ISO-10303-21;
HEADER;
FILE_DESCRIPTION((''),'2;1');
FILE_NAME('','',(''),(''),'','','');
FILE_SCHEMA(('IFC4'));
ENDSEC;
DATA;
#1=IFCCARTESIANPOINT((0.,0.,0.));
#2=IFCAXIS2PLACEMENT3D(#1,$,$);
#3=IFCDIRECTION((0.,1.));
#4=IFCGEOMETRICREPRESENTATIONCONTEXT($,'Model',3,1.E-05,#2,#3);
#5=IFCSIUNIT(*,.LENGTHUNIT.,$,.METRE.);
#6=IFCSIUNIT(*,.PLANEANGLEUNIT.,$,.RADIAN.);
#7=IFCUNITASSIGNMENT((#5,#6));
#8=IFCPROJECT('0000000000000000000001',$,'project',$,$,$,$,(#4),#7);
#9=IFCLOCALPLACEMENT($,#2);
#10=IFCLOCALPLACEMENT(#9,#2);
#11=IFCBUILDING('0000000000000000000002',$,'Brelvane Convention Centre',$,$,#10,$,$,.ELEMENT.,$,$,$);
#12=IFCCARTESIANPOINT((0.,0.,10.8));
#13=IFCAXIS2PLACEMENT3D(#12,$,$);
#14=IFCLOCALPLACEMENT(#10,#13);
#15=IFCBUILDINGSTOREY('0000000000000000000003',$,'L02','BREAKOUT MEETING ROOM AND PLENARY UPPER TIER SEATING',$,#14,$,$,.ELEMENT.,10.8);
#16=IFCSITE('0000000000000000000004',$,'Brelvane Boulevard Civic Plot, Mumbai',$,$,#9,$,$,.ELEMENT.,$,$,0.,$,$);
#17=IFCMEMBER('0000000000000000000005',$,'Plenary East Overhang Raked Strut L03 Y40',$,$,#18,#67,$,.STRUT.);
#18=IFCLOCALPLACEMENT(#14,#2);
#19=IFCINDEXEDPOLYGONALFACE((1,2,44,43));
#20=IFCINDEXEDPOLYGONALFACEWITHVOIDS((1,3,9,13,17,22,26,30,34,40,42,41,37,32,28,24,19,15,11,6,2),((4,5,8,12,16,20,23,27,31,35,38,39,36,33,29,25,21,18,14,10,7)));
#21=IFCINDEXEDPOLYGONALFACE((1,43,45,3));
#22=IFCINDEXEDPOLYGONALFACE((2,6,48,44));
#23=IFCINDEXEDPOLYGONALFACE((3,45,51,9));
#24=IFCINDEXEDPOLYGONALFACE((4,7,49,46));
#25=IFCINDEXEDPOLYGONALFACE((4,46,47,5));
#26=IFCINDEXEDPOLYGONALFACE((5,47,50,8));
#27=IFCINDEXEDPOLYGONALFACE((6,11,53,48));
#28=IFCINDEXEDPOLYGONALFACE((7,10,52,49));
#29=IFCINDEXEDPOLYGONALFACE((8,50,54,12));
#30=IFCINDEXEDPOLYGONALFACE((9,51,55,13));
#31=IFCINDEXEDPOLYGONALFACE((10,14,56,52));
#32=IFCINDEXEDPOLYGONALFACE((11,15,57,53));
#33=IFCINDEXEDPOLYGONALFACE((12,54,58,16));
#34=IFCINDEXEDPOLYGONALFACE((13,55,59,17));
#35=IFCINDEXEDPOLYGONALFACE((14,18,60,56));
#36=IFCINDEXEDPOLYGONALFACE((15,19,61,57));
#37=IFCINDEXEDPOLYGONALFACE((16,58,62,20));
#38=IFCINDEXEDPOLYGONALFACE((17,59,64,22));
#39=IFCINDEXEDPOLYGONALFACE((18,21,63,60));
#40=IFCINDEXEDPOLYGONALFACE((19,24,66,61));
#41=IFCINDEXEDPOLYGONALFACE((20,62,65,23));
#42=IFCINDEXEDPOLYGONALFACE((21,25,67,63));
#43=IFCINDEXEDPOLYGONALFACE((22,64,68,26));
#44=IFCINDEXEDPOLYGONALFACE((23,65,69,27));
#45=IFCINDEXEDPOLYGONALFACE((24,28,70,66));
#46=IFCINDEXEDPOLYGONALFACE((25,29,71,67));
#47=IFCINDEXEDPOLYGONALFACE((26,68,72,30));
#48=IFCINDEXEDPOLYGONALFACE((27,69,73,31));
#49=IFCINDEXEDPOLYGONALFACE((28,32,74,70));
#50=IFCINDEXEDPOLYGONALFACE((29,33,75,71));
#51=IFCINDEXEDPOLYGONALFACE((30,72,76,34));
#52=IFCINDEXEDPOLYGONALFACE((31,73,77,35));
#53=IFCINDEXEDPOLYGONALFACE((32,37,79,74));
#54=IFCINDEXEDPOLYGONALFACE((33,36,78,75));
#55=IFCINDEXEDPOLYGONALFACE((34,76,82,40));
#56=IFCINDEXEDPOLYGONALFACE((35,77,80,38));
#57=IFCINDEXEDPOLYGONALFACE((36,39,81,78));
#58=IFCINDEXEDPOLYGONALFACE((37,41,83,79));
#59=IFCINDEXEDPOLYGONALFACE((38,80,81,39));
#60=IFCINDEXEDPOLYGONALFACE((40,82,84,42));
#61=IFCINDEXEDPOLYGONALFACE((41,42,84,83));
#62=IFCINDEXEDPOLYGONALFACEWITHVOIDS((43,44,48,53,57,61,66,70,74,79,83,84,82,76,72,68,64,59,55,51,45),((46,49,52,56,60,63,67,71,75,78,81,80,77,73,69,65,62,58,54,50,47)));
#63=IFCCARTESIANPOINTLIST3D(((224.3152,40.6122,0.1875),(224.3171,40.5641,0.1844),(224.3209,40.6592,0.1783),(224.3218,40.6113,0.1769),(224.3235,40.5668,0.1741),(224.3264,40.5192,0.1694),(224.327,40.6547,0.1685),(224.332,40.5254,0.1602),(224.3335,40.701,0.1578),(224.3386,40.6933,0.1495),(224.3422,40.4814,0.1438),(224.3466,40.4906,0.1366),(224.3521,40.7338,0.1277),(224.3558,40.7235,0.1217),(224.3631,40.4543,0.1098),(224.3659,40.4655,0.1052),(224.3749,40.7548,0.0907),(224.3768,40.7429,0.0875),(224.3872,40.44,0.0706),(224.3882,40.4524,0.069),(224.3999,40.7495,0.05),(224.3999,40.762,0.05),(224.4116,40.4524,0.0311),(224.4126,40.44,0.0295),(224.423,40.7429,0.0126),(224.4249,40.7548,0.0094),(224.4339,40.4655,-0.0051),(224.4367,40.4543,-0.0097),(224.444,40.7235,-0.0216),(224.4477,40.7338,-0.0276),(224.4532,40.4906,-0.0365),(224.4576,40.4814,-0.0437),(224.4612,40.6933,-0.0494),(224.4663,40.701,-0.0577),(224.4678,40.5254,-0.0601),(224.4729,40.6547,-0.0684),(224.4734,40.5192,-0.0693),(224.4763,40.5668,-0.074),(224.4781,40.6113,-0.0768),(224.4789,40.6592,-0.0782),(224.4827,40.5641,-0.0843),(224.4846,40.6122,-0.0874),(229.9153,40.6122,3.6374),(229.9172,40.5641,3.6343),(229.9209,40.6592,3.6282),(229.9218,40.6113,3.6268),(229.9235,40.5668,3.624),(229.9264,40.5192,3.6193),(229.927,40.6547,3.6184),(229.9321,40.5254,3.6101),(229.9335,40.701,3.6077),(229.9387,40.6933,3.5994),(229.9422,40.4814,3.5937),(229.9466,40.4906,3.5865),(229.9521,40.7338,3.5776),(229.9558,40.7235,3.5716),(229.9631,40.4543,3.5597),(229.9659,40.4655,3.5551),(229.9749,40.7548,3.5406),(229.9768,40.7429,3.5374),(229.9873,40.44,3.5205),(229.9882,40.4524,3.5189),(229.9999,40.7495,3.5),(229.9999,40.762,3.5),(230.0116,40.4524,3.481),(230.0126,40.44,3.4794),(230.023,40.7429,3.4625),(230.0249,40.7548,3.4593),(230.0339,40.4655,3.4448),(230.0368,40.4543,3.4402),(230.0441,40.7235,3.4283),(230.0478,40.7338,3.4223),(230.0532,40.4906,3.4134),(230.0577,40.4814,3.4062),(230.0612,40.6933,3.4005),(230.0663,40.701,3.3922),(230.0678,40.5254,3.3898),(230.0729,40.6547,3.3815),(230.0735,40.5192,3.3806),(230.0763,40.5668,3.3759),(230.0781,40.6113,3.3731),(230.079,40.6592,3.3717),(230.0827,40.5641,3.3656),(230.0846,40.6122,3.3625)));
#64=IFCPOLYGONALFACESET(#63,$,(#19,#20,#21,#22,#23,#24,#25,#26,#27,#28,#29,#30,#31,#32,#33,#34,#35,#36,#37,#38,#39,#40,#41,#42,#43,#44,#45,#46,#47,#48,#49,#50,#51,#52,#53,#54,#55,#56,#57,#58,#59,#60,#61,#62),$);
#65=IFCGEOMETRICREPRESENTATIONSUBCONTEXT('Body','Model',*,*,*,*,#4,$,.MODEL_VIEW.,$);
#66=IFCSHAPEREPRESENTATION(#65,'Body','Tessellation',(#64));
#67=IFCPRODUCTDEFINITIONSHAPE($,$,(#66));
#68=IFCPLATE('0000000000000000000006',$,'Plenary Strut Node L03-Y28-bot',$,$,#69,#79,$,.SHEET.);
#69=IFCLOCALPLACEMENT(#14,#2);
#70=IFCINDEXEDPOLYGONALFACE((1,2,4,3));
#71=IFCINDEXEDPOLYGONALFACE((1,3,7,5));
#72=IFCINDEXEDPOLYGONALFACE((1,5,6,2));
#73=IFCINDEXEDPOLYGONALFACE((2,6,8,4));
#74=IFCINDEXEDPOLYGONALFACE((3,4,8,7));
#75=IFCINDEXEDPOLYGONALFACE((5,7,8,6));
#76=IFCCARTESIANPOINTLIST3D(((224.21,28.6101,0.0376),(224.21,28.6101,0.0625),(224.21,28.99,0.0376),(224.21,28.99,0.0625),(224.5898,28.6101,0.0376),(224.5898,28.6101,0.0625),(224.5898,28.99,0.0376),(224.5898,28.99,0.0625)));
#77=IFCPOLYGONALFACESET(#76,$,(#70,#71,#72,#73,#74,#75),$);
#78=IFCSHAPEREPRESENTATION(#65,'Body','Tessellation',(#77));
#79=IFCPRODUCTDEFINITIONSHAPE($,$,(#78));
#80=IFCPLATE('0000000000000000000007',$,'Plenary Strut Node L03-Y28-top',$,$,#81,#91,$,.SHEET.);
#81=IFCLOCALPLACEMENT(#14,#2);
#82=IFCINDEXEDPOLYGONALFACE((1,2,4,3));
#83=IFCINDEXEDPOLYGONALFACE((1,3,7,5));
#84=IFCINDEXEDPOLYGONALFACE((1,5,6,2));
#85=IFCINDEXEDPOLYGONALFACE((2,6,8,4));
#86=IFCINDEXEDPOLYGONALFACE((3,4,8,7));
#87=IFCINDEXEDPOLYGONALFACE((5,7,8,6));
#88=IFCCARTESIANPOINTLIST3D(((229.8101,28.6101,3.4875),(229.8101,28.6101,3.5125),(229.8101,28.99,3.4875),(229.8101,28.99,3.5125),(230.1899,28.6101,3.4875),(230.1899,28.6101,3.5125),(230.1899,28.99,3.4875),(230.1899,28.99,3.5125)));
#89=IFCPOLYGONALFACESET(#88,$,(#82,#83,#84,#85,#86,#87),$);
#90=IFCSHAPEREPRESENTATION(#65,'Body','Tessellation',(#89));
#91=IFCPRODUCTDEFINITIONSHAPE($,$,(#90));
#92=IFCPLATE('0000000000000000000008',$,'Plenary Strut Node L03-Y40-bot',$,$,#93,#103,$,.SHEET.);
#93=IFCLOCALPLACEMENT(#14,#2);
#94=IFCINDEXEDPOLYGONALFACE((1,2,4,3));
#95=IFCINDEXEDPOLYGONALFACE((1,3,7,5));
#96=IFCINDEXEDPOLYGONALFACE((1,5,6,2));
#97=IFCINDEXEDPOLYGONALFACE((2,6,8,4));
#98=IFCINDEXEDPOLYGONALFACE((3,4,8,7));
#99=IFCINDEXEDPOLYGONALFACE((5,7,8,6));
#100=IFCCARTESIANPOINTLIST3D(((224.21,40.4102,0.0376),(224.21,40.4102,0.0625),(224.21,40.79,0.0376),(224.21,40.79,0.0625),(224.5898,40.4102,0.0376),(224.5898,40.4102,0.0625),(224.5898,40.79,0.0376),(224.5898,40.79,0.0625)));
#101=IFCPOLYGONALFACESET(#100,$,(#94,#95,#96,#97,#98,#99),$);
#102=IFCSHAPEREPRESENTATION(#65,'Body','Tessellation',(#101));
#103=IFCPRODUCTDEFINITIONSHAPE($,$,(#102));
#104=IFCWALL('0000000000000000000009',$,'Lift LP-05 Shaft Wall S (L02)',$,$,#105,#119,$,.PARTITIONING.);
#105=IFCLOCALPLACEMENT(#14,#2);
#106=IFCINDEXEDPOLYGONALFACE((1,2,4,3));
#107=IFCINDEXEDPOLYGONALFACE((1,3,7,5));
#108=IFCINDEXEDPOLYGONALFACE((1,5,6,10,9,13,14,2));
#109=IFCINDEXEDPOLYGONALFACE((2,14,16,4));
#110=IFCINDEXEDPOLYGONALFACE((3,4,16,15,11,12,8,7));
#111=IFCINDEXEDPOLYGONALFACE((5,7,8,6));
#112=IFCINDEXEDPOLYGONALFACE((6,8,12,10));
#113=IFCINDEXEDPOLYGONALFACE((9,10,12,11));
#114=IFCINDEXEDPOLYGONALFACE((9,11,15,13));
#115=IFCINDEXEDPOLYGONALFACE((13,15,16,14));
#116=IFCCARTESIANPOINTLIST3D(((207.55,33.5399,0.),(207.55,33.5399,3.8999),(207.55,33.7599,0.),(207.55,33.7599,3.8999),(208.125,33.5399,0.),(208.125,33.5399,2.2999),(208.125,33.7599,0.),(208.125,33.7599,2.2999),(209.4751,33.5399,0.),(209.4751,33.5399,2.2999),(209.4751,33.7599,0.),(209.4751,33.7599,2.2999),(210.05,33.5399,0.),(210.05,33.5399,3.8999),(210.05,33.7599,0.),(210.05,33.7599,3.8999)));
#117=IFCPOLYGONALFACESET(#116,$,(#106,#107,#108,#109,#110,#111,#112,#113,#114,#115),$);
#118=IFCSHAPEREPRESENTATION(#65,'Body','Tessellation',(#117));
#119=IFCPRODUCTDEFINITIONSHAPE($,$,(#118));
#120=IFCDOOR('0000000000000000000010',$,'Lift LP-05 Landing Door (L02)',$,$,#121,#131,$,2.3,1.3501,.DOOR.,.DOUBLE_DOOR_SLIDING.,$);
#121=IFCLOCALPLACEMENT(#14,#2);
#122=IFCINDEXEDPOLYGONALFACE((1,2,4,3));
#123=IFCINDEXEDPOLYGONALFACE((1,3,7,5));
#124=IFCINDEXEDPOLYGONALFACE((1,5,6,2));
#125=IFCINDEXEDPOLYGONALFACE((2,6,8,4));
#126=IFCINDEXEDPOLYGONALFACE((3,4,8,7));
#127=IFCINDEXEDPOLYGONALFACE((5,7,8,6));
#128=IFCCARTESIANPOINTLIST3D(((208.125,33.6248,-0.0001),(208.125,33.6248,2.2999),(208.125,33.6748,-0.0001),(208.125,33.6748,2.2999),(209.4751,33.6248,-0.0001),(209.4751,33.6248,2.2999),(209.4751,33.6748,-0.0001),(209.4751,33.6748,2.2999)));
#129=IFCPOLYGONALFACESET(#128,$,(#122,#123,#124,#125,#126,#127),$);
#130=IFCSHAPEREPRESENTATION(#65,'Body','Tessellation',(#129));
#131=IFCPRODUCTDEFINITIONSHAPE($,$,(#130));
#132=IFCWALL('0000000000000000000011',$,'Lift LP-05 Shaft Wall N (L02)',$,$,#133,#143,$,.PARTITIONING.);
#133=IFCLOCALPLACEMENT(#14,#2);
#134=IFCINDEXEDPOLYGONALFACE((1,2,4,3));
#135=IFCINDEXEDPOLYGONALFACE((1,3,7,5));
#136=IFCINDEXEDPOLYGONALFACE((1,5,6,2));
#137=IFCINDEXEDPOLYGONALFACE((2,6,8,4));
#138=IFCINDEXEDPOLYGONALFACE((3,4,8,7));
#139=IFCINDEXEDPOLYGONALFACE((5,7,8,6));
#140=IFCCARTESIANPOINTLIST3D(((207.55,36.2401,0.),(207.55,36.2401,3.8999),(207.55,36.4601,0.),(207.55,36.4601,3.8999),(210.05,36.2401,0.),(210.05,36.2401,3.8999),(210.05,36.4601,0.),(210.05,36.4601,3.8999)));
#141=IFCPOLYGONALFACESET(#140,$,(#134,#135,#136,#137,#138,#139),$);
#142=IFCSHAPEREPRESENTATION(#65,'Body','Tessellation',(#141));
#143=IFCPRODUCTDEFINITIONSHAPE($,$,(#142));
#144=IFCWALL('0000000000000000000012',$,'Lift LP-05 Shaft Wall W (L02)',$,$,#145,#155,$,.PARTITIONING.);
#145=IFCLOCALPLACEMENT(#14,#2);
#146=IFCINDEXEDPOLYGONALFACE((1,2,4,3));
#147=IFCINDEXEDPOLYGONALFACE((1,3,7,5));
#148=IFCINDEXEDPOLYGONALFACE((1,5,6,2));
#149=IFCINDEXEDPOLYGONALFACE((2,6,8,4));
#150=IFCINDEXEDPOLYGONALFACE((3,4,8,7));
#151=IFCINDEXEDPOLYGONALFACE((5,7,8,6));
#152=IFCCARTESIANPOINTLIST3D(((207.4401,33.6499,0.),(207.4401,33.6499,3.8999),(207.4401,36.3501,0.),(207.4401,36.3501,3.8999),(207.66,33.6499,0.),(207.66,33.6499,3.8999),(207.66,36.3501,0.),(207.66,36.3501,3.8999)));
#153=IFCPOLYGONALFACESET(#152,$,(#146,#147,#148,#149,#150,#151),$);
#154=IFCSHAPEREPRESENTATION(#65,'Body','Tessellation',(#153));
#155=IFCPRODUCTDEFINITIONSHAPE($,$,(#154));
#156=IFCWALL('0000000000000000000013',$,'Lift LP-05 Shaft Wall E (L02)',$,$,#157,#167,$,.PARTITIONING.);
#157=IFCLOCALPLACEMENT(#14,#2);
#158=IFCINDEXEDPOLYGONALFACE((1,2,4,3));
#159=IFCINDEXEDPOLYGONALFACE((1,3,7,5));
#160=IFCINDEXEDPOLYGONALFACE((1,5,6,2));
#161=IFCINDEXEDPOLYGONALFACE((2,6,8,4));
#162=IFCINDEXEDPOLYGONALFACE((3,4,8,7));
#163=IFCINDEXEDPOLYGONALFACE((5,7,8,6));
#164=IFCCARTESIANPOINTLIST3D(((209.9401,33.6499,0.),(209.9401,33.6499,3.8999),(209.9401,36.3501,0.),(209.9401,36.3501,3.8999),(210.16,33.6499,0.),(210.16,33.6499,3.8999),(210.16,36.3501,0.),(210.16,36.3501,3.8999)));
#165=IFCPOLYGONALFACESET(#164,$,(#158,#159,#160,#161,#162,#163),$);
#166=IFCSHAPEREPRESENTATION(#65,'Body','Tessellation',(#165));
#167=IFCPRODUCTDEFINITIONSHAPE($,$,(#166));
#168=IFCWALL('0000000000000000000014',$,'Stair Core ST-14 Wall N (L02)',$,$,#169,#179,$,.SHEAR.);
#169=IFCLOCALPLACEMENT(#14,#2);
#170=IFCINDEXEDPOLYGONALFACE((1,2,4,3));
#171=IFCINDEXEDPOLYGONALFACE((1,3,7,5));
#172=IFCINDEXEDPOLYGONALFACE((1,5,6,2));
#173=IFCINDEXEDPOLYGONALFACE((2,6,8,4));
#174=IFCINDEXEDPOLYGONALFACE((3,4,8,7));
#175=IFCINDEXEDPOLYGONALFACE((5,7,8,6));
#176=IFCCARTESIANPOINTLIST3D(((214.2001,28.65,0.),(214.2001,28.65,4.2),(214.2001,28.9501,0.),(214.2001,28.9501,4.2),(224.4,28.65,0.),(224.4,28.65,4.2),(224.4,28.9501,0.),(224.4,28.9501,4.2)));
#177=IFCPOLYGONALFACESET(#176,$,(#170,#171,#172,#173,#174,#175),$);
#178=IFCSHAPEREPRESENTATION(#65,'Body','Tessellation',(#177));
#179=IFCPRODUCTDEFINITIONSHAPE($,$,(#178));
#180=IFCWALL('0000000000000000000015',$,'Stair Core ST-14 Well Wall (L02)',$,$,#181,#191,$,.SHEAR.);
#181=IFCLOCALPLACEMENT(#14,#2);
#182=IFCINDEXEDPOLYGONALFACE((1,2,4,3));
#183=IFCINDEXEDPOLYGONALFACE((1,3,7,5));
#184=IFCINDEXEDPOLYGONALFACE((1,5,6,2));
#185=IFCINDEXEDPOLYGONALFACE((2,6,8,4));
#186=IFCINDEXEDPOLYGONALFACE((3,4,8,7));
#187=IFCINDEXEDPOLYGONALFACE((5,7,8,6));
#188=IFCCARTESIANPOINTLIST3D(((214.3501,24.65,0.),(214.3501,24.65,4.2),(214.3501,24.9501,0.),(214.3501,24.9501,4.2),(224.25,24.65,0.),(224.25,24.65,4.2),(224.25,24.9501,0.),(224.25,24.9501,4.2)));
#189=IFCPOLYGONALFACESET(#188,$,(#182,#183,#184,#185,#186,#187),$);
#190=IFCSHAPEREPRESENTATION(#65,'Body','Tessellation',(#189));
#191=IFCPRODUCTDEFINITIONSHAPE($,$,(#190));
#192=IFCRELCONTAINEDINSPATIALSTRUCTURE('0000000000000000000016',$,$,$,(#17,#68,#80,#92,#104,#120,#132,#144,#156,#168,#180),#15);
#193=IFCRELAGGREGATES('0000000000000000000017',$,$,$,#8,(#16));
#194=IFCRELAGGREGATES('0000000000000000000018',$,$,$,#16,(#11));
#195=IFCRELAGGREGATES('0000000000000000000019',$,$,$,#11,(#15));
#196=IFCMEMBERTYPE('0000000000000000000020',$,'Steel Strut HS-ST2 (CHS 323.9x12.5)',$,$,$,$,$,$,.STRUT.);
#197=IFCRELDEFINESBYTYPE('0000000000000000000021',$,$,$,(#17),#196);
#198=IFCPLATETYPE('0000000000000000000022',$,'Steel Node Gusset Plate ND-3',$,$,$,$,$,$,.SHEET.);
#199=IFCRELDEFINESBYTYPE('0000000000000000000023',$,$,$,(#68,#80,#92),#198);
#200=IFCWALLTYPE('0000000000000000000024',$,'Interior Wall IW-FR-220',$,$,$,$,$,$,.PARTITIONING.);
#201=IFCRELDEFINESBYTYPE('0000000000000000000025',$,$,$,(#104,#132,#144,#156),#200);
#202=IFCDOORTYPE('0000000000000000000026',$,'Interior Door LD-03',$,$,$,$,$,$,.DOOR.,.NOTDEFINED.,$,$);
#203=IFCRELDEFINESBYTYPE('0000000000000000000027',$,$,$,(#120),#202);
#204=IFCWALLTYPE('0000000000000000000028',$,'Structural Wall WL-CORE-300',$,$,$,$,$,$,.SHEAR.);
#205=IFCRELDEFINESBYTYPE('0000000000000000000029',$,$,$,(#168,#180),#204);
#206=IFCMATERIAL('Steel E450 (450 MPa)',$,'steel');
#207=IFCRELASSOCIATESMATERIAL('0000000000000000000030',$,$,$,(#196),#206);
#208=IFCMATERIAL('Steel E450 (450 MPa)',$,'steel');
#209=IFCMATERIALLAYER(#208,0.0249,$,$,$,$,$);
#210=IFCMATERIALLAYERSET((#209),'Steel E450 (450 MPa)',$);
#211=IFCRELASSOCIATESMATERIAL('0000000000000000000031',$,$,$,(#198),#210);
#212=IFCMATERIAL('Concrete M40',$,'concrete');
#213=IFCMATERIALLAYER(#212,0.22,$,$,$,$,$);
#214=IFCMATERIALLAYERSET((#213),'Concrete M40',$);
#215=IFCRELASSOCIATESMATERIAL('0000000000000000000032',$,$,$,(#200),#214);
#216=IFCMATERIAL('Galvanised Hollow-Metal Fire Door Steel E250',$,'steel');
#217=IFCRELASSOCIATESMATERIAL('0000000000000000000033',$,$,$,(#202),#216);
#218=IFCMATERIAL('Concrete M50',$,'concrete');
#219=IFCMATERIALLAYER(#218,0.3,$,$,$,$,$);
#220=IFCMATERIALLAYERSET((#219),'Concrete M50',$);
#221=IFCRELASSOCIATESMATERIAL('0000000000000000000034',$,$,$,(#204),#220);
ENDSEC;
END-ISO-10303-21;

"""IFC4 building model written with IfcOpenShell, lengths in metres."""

from ifc_helpers import new_model, si_unit, direction, frame, frame_2d, origin, origin_2d, place, context, subcontext, project, spatial, rectangle, hollow_circle, extrude, material, layer, layer_set, material_profile, profile_set, type_object, element, fill, save


model = new_model("IFC4")

# Units and contexts
model_context = context("Model", 3, precision=1e-05, world=origin(), true_north=direction((0.0, 1.0)))
body_context = subcontext(model_context, "Body", "Model", "MODEL_VIEW")
ifc_project = project(units=[si_unit("LENGTHUNIT", "METRE"), si_unit("PLANEANGLEUNIT", "RADIAN")], contexts=[model_context])

# Site, building, storey
site_placement = place(None, origin())
site = spatial("IfcSite", under=ifc_project, at=site_placement, Name="Brelvane Boulevard Civic Plot, Mumbai", CompositionType="ELEMENT", RefElevation=0.0)
building_placement = place(site_placement, origin())
building = spatial("IfcBuilding", under=site, at=building_placement, Name="Brelvane Convention Centre", CompositionType="ELEMENT")
storey_placement = place(building_placement, frame((0.0, 0.0, 10.8)))
storey = spatial("IfcBuildingStorey", under=building, at=storey_placement, Name="L02", Description="BREAKOUT MEETING ROOM AND PLENARY UPPER TIER SEATING", CompositionType="ELEMENT", Elevation=10.8)

# Member
ifc_material_1 = material(Name="Steel E450 (450 MPa)", Category="steel")
ifc_material_profile_1 = material_profile(ifc_material_1, hollow_circle(Radius=0.1619, WallThickness=0.0125, at=origin_2d()), Name="CHS 323.9x12.5")
ifc_profile_set_1 = profile_set([ifc_material_profile_1], Name="Steel E450 (450 MPa)")
member_type_1 = type_object("IfcMemberType", Name="Steel Strut HS-ST2 (CHS 323.9x12.5)", PredefinedType="STRUT", material=ifc_profile_set_1)
for number, where, z_axis, x_axis, name in (
    (1, (224.3999, 40.6001, 0.05), (0.851405, 0.0, 0.524509), (0.0, 1.0, 0.0), "Plenary East Overhang Raked Strut L03 Y40"),
):
    element("IfcMember", number, at=place(storey_placement, frame(where, z_axis=z_axis, x_axis=x_axis)), inside=storey, type_object=member_type_1, Name=name, PredefinedType="STRUT", context=body_context, shape_type="SweptSolid", body=[
        extrude(hollow_circle(Radius=0.1619, WallThickness=0.0125, at=origin_2d()), origin(), (0.0, 0.0, 1.0), 6.5774),
    ])

# Plates
ifc_material_2 = material(Name="Steel E450 (450 MPa)", Category="steel")
ifc_layer_1 = layer(ifc_material_2, 0.0249)
ifc_layer_set_1 = layer_set([ifc_layer_1], Name="Steel E450 (450 MPa)")
plate_type = type_object("IfcPlateType", Name="Steel Node Gusset Plate ND-3", PredefinedType="SHEET", material=ifc_layer_set_1)
for number, where, z_axis, x_axis, name in (
    (2, (224.3999, 28.8, 0.0376), (0.0, 0.0, 1.0), (1.0, 0.0, 0.0), "Plenary Strut Node L03-Y28-bot"),
    (3, (230.0, 28.8, 3.4875), (0.0, 0.0, 1.0), (1.0, 0.0, 0.0), "Plenary Strut Node L03-Y28-top"),
    (4, (224.3999, 40.6001, 0.0376), (0.0, 0.0, 1.0), (1.0, 0.0, 0.0), "Plenary Strut Node L03-Y40-bot"),
):
    element("IfcPlate", number, at=place(storey_placement, frame(where, z_axis=z_axis, x_axis=x_axis)), inside=storey, type_object=plate_type, Name=name, PredefinedType="SHEET", context=body_context, shape_type="SweptSolid", body=[
        extrude(rectangle(XDim=0.3799, YDim=0.3799, at=origin_2d()), origin(), (0.0, 0.0, 1.0), 0.0249),
    ])

# Wall, opening, door
ifc_material_3 = material(Name="Concrete M40", Category="concrete")
ifc_layer_2 = layer(ifc_material_3, 0.22)
ifc_layer_set_2 = layer_set([ifc_layer_2], Name="Concrete M40")
wall_type_1 = type_object("IfcWallType", Name="Interior Wall IW-FR-220", PredefinedType="PARTITIONING", material=ifc_layer_set_2)
wall_1_placement = place(storey_placement, frame((207.55, 33.6499, 0.0), z_axis=(0.0, 0.0, 1.0), x_axis=(1.0, 0.0, 0.0)))
wall_1 = element("IfcWall", 5, at=wall_1_placement, inside=storey, type_object=wall_type_1, Name="Lift LP-05 Shaft Wall S (L02)", PredefinedType="PARTITIONING", context=body_context, shape_type="SweptSolid", body=[
    extrude(rectangle(XDim=2.5, YDim=0.22, at=frame_2d((1.25, 0.0))), origin(), (0.0, 0.0, 1.0), 3.8999),
])
opening_1_placement = place(wall_1_placement, frame((0.575, 0.0, 0.0)))
opening_1 = element("IfcOpeningElement", 6, at=opening_1_placement, cuts=wall_1, PredefinedType="OPENING", context=body_context, shape_type="SweptSolid", body=[
    extrude(rectangle(XDim=1.3501, YDim=2.3, at=frame_2d((0.675, 1.1499))), frame((0.0, 0.1199, 0.0), z_axis=(0.0, -1.0, 0.0), x_axis=(1.0, 0.0, 0.0)), (0.0, 0.0, 1.0), 0.24),
])
ifc_material_4 = material(Name="Galvanised Hollow-Metal Fire Door Steel E250", Category="steel")
door_type_1 = type_object("IfcDoorType", Name="Interior Door LD-03", OperationType="NOTDEFINED", PredefinedType="DOOR", material=ifc_material_4)
door_1_placement = place(opening_1_placement, origin())
door_1 = element("IfcDoor", 7, at=door_1_placement, inside=storey, type_object=door_type_1, Name="Lift LP-05 Landing Door (L02)", OperationType="DOUBLE_DOOR_SLIDING", OverallHeight=2.3, OverallWidth=1.3501, PredefinedType="DOOR", context=body_context, shape_type="SweptSolid", body=[
    extrude(rectangle(XDim=1.3501, YDim=2.3, at=frame_2d((0.675, 1.1499))), frame((0.0, 0.0249, 0.0), z_axis=(0.0, -1.0, 0.0), x_axis=(1.0, 0.0, 0.0)), (0.0, 0.0, 1.0), 0.05),
])
fill(opening_1, door_1)

# Walls
wall_2_placement = place(storey_placement, frame((207.55, 36.3501, 0.0), z_axis=(0.0, 0.0, 1.0), x_axis=(1.0, 0.0, 0.0)))
element("IfcWall", 8, at=wall_2_placement, inside=storey, type_object=wall_type_1, Name="Lift LP-05 Shaft Wall N (L02)", PredefinedType="PARTITIONING", context=body_context, shape_type="SweptSolid", body=[
    extrude(rectangle(XDim=2.5, YDim=0.22, at=frame_2d((1.25, 0.0))), origin(), (0.0, 0.0, 1.0), 3.8999),
])
for number, where, z_axis, x_axis, name in (
    (9, (207.55, 33.6499, 0.0), (0.0, 0.0, 1.0), (0.0, 1.0, 0.0), "Lift LP-05 Shaft Wall W (L02)"),
    (10, (210.05, 33.6499, 0.0), (0.0, 0.0, 1.0), (0.0, 1.0, 0.0), "Lift LP-05 Shaft Wall E (L02)"),
):
    element("IfcWall", number, at=place(storey_placement, frame(where, z_axis=z_axis, x_axis=x_axis)), inside=storey, type_object=wall_type_1, Name=name, PredefinedType="PARTITIONING", context=body_context, shape_type="SweptSolid", body=[
        extrude(rectangle(XDim=2.7002, YDim=0.22, at=frame_2d((1.3501, 0.0))), origin(), (0.0, 0.0, 1.0), 3.8999),
    ])
ifc_material_5 = material(Name="Concrete M50", Category="concrete")
ifc_layer_3 = layer(ifc_material_5, 0.3)
ifc_layer_set_3 = layer_set([ifc_layer_3], Name="Concrete M50")
wall_type_2 = type_object("IfcWallType", Name="Structural Wall WL-CORE-300", PredefinedType="SHEAR", material=ifc_layer_set_3)
wall_3_placement = place(storey_placement, frame((214.2, 28.8, 0.0), z_axis=(0.0, 0.0, 1.0), x_axis=(1.0, 0.0, 0.0)))
element("IfcWall", 11, at=wall_3_placement, inside=storey, type_object=wall_type_2, Name="Stair Core ST-14 Wall N (L02)", PredefinedType="SHEAR", context=body_context, shape_type="SweptSolid", body=[
    extrude(rectangle(XDim=10.2, YDim=0.3, at=frame_2d((5.1001, 0.0))), origin(), (0.0, 0.0, 1.0), 4.2),
])
wall_4_placement = place(storey_placement, frame((214.3501, 24.8, 0.0), z_axis=(0.0, 0.0, 1.0), x_axis=(1.0, 0.0, 0.0)))
element("IfcWall", 12, at=wall_4_placement, inside=storey, type_object=wall_type_2, Name="Stair Core ST-14 Well Wall (L02)", PredefinedType="SHEAR", context=body_context, shape_type="SweptSolid", body=[
    extrude(rectangle(XDim=9.8999, YDim=0.3, at=frame_2d((4.95, 0.0))), origin(), (0.0, 0.0, 1.0), 4.2),
])

save(model, "model.ifc")
